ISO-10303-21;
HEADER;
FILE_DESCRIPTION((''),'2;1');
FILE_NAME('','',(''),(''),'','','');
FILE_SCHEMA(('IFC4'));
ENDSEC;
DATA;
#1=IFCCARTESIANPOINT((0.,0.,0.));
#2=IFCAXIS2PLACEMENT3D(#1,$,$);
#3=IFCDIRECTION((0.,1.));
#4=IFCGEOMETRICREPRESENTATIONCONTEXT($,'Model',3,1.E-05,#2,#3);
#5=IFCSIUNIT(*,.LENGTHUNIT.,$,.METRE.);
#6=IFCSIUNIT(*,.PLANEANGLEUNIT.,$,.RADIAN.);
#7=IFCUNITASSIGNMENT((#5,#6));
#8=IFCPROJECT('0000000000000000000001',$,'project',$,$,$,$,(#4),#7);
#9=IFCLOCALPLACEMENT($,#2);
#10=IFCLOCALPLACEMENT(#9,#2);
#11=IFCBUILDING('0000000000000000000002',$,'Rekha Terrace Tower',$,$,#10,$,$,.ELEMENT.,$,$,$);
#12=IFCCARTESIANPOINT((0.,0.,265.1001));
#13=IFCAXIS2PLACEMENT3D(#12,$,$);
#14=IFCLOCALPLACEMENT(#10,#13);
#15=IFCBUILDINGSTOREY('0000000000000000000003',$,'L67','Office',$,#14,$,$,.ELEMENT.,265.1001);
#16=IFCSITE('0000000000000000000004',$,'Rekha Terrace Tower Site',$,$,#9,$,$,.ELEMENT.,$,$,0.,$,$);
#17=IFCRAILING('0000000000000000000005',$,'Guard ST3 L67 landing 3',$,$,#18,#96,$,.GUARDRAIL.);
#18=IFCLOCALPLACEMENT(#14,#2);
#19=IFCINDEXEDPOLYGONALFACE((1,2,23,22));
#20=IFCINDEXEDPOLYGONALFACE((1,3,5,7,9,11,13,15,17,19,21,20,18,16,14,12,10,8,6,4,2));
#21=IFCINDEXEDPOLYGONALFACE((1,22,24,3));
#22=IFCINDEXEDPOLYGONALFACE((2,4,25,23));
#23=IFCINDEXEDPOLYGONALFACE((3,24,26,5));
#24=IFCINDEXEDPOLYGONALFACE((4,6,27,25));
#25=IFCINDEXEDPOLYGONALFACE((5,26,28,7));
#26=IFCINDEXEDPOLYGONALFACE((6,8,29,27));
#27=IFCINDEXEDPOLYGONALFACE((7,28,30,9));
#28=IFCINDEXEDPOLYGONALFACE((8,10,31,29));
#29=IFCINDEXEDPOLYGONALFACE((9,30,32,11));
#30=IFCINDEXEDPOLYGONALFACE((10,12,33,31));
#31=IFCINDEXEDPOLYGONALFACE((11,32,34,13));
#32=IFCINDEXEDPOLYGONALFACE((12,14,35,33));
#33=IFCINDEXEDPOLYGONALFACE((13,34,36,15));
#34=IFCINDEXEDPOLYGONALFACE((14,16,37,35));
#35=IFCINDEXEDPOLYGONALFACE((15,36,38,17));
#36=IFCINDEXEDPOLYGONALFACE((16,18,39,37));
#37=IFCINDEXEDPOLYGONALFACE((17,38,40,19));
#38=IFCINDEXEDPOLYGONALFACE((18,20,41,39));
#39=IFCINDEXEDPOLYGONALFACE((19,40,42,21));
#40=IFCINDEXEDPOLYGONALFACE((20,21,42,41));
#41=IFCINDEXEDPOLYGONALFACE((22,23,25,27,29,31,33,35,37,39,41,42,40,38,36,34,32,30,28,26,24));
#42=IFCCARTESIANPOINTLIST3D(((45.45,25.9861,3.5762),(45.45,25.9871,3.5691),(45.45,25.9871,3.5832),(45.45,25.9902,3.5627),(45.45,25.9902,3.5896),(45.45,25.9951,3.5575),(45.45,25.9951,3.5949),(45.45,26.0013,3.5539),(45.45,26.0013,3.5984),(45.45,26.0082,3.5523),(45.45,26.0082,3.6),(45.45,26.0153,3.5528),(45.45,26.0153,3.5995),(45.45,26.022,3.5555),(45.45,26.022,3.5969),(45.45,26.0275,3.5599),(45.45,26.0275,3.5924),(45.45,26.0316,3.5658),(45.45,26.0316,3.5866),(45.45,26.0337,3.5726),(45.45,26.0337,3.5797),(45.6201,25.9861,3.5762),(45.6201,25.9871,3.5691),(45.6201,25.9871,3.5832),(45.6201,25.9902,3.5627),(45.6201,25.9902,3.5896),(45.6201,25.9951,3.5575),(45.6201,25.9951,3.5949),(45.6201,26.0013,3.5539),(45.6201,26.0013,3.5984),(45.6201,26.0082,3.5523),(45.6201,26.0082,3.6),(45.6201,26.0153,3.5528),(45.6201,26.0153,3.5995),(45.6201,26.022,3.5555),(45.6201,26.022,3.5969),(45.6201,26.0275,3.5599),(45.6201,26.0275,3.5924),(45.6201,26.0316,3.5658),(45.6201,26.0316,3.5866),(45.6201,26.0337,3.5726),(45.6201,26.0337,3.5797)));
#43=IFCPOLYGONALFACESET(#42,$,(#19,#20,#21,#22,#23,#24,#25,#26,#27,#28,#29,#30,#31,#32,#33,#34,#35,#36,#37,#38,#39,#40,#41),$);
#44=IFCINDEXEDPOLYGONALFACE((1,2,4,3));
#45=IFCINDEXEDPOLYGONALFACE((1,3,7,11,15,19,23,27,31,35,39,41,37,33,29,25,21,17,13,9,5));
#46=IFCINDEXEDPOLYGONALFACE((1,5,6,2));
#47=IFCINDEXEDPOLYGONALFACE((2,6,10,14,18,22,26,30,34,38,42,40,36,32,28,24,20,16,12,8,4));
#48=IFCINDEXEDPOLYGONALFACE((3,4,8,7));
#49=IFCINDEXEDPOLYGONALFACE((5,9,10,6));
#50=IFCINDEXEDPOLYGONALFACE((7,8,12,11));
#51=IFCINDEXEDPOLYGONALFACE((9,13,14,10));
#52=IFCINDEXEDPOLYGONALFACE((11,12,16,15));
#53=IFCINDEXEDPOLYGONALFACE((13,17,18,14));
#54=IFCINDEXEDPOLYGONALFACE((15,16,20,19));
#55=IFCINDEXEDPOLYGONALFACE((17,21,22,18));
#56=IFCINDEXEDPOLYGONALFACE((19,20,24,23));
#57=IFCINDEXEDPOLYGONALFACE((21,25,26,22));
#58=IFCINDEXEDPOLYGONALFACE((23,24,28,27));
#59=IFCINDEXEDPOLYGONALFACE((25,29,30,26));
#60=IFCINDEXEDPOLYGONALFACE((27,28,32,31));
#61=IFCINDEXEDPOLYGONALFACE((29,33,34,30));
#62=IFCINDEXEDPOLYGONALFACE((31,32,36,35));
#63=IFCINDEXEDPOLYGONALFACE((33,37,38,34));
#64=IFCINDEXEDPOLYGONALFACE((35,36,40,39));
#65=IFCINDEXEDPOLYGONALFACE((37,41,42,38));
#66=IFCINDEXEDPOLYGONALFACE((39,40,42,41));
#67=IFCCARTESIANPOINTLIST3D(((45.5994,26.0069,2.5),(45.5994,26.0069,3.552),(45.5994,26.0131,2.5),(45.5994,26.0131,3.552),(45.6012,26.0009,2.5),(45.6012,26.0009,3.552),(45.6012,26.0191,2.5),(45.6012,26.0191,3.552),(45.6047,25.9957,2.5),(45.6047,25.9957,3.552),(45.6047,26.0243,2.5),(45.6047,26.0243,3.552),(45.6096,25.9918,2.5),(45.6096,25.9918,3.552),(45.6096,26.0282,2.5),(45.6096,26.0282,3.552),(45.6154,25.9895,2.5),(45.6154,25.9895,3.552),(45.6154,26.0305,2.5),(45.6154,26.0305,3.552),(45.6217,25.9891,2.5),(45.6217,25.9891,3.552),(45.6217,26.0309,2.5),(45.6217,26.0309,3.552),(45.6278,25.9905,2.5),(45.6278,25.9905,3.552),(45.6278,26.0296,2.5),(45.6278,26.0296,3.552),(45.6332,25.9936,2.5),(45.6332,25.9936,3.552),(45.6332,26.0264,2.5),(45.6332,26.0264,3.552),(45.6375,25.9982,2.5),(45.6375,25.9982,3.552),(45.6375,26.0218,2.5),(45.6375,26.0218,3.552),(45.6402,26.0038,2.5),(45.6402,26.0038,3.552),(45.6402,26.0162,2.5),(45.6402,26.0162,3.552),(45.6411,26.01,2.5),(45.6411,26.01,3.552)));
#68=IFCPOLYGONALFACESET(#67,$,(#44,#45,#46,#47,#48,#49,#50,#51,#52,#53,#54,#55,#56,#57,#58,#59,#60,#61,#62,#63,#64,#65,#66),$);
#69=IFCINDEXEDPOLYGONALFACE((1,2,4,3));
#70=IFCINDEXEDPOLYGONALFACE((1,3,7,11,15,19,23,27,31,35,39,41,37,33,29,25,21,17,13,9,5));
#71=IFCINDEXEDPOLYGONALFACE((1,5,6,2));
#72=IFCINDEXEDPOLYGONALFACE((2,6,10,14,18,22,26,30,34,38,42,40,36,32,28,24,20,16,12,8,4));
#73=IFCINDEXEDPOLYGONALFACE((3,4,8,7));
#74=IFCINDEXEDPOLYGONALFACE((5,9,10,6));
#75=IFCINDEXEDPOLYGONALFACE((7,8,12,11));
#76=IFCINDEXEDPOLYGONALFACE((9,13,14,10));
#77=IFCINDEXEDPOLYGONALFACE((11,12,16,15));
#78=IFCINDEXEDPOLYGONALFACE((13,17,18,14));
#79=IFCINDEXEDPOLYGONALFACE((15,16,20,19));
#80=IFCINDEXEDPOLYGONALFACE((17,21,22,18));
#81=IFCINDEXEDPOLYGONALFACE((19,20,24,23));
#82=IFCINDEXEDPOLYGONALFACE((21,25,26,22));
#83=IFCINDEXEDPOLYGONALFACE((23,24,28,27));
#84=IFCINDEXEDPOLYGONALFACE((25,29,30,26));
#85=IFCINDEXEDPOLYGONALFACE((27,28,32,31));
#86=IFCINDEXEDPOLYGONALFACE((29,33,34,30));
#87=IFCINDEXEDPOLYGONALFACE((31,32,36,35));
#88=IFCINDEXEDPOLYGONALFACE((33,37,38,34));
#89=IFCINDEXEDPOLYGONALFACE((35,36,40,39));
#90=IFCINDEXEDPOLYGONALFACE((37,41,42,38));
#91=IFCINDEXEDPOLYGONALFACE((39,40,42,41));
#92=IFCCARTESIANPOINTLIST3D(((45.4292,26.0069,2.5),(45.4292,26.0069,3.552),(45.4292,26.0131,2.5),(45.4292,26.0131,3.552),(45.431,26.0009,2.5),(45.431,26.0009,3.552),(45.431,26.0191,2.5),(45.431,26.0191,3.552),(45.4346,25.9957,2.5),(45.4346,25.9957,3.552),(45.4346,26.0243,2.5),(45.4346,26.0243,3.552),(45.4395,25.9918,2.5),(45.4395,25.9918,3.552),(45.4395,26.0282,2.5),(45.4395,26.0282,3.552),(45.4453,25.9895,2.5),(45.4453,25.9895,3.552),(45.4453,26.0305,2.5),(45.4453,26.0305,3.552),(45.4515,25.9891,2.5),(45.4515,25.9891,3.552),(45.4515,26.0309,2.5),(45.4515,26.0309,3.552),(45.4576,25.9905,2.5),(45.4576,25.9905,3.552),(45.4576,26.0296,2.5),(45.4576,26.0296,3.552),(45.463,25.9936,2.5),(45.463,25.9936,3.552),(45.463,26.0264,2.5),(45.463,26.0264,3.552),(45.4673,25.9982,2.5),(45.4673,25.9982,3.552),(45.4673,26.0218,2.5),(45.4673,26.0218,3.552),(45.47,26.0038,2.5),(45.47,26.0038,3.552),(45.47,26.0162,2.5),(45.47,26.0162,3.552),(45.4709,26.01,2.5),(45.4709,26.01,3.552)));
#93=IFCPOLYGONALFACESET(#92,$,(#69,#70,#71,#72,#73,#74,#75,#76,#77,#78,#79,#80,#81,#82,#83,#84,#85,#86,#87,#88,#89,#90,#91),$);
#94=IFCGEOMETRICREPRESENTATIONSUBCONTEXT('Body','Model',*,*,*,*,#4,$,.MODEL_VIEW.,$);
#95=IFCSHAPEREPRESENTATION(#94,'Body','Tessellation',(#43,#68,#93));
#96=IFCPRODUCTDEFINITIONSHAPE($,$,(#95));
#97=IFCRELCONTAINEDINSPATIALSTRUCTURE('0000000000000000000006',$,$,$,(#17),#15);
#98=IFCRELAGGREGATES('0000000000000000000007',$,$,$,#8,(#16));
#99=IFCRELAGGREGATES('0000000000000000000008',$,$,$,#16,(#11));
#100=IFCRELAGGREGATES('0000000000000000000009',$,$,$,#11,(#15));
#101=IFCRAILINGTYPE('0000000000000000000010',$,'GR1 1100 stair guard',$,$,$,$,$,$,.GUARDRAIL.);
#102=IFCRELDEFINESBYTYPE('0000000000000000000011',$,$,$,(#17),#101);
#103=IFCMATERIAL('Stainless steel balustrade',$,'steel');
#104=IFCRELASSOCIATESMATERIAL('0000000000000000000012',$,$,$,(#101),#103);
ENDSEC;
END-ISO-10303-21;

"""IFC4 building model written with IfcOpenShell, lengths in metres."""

from ifc_helpers import new_model, si_unit, direction, frame, origin, origin_2d, place, context, subcontext, project, spatial, circle, extrude, material, type_object, element, save


model = new_model("IFC4")

# Units and contexts
model_context = context("Model", 3, precision=1e-05, world=origin(), true_north=direction((0.0, 1.0)))
body_context = subcontext(model_context, "Body", "Model", "MODEL_VIEW")
ifc_project = project(units=[si_unit("LENGTHUNIT", "METRE"), si_unit("PLANEANGLEUNIT", "RADIAN")], contexts=[model_context])

# Site, building, storey
site_placement = place(None, origin())
site = spatial("IfcSite", under=ifc_project, at=site_placement, Name="Rekha Terrace Tower Site", CompositionType="ELEMENT", RefElevation=0.0)
building_placement = place(site_placement, origin())
building = spatial("IfcBuilding", under=site, at=building_placement, Name="Rekha Terrace Tower", CompositionType="ELEMENT")
storey_placement = place(building_placement, frame((0.0, 0.0, 265.1001)))
storey = spatial("IfcBuildingStorey", under=building, at=storey_placement, Name="L67", Description="Office", CompositionType="ELEMENT", Elevation=265.1001)

# Railing
ifc_material_1 = material(Name="Stainless steel balustrade", Category="steel")
railing_type_1 = type_object("IfcRailingType", Name="GR1 1100 stair guard", PredefinedType="GUARDRAIL", material=ifc_material_1)
railing_1_placement = place(storey_placement, frame((45.6201, 26.01, 2.5)))
element("IfcRailing", 1, at=railing_1_placement, inside=storey, type_object=railing_type_1, Name="Guard ST3 L67 landing 3", PredefinedType="GUARDRAIL", context=body_context, shape_type="SweptSolid", body=[
    extrude(circle(Radius=0.0239, at=origin_2d()), frame((0.0, 0.0, 1.0762), z_axis=(-1.0, 0.0, 0.0), x_axis=(0.0, -1.0, 0.0)), (0.0, 0.0, 1.0), 0.1702),
    extrude(circle(Radius=0.021, at=origin_2d()), origin(), (0.0, 0.0, 1.0), 1.052),
    extrude(circle(Radius=0.021, at=origin_2d()), frame((-0.1702, 0.0, 0.0)), (0.0, 0.0, 1.0), 1.052),
])

save(model, "model.ifc")
